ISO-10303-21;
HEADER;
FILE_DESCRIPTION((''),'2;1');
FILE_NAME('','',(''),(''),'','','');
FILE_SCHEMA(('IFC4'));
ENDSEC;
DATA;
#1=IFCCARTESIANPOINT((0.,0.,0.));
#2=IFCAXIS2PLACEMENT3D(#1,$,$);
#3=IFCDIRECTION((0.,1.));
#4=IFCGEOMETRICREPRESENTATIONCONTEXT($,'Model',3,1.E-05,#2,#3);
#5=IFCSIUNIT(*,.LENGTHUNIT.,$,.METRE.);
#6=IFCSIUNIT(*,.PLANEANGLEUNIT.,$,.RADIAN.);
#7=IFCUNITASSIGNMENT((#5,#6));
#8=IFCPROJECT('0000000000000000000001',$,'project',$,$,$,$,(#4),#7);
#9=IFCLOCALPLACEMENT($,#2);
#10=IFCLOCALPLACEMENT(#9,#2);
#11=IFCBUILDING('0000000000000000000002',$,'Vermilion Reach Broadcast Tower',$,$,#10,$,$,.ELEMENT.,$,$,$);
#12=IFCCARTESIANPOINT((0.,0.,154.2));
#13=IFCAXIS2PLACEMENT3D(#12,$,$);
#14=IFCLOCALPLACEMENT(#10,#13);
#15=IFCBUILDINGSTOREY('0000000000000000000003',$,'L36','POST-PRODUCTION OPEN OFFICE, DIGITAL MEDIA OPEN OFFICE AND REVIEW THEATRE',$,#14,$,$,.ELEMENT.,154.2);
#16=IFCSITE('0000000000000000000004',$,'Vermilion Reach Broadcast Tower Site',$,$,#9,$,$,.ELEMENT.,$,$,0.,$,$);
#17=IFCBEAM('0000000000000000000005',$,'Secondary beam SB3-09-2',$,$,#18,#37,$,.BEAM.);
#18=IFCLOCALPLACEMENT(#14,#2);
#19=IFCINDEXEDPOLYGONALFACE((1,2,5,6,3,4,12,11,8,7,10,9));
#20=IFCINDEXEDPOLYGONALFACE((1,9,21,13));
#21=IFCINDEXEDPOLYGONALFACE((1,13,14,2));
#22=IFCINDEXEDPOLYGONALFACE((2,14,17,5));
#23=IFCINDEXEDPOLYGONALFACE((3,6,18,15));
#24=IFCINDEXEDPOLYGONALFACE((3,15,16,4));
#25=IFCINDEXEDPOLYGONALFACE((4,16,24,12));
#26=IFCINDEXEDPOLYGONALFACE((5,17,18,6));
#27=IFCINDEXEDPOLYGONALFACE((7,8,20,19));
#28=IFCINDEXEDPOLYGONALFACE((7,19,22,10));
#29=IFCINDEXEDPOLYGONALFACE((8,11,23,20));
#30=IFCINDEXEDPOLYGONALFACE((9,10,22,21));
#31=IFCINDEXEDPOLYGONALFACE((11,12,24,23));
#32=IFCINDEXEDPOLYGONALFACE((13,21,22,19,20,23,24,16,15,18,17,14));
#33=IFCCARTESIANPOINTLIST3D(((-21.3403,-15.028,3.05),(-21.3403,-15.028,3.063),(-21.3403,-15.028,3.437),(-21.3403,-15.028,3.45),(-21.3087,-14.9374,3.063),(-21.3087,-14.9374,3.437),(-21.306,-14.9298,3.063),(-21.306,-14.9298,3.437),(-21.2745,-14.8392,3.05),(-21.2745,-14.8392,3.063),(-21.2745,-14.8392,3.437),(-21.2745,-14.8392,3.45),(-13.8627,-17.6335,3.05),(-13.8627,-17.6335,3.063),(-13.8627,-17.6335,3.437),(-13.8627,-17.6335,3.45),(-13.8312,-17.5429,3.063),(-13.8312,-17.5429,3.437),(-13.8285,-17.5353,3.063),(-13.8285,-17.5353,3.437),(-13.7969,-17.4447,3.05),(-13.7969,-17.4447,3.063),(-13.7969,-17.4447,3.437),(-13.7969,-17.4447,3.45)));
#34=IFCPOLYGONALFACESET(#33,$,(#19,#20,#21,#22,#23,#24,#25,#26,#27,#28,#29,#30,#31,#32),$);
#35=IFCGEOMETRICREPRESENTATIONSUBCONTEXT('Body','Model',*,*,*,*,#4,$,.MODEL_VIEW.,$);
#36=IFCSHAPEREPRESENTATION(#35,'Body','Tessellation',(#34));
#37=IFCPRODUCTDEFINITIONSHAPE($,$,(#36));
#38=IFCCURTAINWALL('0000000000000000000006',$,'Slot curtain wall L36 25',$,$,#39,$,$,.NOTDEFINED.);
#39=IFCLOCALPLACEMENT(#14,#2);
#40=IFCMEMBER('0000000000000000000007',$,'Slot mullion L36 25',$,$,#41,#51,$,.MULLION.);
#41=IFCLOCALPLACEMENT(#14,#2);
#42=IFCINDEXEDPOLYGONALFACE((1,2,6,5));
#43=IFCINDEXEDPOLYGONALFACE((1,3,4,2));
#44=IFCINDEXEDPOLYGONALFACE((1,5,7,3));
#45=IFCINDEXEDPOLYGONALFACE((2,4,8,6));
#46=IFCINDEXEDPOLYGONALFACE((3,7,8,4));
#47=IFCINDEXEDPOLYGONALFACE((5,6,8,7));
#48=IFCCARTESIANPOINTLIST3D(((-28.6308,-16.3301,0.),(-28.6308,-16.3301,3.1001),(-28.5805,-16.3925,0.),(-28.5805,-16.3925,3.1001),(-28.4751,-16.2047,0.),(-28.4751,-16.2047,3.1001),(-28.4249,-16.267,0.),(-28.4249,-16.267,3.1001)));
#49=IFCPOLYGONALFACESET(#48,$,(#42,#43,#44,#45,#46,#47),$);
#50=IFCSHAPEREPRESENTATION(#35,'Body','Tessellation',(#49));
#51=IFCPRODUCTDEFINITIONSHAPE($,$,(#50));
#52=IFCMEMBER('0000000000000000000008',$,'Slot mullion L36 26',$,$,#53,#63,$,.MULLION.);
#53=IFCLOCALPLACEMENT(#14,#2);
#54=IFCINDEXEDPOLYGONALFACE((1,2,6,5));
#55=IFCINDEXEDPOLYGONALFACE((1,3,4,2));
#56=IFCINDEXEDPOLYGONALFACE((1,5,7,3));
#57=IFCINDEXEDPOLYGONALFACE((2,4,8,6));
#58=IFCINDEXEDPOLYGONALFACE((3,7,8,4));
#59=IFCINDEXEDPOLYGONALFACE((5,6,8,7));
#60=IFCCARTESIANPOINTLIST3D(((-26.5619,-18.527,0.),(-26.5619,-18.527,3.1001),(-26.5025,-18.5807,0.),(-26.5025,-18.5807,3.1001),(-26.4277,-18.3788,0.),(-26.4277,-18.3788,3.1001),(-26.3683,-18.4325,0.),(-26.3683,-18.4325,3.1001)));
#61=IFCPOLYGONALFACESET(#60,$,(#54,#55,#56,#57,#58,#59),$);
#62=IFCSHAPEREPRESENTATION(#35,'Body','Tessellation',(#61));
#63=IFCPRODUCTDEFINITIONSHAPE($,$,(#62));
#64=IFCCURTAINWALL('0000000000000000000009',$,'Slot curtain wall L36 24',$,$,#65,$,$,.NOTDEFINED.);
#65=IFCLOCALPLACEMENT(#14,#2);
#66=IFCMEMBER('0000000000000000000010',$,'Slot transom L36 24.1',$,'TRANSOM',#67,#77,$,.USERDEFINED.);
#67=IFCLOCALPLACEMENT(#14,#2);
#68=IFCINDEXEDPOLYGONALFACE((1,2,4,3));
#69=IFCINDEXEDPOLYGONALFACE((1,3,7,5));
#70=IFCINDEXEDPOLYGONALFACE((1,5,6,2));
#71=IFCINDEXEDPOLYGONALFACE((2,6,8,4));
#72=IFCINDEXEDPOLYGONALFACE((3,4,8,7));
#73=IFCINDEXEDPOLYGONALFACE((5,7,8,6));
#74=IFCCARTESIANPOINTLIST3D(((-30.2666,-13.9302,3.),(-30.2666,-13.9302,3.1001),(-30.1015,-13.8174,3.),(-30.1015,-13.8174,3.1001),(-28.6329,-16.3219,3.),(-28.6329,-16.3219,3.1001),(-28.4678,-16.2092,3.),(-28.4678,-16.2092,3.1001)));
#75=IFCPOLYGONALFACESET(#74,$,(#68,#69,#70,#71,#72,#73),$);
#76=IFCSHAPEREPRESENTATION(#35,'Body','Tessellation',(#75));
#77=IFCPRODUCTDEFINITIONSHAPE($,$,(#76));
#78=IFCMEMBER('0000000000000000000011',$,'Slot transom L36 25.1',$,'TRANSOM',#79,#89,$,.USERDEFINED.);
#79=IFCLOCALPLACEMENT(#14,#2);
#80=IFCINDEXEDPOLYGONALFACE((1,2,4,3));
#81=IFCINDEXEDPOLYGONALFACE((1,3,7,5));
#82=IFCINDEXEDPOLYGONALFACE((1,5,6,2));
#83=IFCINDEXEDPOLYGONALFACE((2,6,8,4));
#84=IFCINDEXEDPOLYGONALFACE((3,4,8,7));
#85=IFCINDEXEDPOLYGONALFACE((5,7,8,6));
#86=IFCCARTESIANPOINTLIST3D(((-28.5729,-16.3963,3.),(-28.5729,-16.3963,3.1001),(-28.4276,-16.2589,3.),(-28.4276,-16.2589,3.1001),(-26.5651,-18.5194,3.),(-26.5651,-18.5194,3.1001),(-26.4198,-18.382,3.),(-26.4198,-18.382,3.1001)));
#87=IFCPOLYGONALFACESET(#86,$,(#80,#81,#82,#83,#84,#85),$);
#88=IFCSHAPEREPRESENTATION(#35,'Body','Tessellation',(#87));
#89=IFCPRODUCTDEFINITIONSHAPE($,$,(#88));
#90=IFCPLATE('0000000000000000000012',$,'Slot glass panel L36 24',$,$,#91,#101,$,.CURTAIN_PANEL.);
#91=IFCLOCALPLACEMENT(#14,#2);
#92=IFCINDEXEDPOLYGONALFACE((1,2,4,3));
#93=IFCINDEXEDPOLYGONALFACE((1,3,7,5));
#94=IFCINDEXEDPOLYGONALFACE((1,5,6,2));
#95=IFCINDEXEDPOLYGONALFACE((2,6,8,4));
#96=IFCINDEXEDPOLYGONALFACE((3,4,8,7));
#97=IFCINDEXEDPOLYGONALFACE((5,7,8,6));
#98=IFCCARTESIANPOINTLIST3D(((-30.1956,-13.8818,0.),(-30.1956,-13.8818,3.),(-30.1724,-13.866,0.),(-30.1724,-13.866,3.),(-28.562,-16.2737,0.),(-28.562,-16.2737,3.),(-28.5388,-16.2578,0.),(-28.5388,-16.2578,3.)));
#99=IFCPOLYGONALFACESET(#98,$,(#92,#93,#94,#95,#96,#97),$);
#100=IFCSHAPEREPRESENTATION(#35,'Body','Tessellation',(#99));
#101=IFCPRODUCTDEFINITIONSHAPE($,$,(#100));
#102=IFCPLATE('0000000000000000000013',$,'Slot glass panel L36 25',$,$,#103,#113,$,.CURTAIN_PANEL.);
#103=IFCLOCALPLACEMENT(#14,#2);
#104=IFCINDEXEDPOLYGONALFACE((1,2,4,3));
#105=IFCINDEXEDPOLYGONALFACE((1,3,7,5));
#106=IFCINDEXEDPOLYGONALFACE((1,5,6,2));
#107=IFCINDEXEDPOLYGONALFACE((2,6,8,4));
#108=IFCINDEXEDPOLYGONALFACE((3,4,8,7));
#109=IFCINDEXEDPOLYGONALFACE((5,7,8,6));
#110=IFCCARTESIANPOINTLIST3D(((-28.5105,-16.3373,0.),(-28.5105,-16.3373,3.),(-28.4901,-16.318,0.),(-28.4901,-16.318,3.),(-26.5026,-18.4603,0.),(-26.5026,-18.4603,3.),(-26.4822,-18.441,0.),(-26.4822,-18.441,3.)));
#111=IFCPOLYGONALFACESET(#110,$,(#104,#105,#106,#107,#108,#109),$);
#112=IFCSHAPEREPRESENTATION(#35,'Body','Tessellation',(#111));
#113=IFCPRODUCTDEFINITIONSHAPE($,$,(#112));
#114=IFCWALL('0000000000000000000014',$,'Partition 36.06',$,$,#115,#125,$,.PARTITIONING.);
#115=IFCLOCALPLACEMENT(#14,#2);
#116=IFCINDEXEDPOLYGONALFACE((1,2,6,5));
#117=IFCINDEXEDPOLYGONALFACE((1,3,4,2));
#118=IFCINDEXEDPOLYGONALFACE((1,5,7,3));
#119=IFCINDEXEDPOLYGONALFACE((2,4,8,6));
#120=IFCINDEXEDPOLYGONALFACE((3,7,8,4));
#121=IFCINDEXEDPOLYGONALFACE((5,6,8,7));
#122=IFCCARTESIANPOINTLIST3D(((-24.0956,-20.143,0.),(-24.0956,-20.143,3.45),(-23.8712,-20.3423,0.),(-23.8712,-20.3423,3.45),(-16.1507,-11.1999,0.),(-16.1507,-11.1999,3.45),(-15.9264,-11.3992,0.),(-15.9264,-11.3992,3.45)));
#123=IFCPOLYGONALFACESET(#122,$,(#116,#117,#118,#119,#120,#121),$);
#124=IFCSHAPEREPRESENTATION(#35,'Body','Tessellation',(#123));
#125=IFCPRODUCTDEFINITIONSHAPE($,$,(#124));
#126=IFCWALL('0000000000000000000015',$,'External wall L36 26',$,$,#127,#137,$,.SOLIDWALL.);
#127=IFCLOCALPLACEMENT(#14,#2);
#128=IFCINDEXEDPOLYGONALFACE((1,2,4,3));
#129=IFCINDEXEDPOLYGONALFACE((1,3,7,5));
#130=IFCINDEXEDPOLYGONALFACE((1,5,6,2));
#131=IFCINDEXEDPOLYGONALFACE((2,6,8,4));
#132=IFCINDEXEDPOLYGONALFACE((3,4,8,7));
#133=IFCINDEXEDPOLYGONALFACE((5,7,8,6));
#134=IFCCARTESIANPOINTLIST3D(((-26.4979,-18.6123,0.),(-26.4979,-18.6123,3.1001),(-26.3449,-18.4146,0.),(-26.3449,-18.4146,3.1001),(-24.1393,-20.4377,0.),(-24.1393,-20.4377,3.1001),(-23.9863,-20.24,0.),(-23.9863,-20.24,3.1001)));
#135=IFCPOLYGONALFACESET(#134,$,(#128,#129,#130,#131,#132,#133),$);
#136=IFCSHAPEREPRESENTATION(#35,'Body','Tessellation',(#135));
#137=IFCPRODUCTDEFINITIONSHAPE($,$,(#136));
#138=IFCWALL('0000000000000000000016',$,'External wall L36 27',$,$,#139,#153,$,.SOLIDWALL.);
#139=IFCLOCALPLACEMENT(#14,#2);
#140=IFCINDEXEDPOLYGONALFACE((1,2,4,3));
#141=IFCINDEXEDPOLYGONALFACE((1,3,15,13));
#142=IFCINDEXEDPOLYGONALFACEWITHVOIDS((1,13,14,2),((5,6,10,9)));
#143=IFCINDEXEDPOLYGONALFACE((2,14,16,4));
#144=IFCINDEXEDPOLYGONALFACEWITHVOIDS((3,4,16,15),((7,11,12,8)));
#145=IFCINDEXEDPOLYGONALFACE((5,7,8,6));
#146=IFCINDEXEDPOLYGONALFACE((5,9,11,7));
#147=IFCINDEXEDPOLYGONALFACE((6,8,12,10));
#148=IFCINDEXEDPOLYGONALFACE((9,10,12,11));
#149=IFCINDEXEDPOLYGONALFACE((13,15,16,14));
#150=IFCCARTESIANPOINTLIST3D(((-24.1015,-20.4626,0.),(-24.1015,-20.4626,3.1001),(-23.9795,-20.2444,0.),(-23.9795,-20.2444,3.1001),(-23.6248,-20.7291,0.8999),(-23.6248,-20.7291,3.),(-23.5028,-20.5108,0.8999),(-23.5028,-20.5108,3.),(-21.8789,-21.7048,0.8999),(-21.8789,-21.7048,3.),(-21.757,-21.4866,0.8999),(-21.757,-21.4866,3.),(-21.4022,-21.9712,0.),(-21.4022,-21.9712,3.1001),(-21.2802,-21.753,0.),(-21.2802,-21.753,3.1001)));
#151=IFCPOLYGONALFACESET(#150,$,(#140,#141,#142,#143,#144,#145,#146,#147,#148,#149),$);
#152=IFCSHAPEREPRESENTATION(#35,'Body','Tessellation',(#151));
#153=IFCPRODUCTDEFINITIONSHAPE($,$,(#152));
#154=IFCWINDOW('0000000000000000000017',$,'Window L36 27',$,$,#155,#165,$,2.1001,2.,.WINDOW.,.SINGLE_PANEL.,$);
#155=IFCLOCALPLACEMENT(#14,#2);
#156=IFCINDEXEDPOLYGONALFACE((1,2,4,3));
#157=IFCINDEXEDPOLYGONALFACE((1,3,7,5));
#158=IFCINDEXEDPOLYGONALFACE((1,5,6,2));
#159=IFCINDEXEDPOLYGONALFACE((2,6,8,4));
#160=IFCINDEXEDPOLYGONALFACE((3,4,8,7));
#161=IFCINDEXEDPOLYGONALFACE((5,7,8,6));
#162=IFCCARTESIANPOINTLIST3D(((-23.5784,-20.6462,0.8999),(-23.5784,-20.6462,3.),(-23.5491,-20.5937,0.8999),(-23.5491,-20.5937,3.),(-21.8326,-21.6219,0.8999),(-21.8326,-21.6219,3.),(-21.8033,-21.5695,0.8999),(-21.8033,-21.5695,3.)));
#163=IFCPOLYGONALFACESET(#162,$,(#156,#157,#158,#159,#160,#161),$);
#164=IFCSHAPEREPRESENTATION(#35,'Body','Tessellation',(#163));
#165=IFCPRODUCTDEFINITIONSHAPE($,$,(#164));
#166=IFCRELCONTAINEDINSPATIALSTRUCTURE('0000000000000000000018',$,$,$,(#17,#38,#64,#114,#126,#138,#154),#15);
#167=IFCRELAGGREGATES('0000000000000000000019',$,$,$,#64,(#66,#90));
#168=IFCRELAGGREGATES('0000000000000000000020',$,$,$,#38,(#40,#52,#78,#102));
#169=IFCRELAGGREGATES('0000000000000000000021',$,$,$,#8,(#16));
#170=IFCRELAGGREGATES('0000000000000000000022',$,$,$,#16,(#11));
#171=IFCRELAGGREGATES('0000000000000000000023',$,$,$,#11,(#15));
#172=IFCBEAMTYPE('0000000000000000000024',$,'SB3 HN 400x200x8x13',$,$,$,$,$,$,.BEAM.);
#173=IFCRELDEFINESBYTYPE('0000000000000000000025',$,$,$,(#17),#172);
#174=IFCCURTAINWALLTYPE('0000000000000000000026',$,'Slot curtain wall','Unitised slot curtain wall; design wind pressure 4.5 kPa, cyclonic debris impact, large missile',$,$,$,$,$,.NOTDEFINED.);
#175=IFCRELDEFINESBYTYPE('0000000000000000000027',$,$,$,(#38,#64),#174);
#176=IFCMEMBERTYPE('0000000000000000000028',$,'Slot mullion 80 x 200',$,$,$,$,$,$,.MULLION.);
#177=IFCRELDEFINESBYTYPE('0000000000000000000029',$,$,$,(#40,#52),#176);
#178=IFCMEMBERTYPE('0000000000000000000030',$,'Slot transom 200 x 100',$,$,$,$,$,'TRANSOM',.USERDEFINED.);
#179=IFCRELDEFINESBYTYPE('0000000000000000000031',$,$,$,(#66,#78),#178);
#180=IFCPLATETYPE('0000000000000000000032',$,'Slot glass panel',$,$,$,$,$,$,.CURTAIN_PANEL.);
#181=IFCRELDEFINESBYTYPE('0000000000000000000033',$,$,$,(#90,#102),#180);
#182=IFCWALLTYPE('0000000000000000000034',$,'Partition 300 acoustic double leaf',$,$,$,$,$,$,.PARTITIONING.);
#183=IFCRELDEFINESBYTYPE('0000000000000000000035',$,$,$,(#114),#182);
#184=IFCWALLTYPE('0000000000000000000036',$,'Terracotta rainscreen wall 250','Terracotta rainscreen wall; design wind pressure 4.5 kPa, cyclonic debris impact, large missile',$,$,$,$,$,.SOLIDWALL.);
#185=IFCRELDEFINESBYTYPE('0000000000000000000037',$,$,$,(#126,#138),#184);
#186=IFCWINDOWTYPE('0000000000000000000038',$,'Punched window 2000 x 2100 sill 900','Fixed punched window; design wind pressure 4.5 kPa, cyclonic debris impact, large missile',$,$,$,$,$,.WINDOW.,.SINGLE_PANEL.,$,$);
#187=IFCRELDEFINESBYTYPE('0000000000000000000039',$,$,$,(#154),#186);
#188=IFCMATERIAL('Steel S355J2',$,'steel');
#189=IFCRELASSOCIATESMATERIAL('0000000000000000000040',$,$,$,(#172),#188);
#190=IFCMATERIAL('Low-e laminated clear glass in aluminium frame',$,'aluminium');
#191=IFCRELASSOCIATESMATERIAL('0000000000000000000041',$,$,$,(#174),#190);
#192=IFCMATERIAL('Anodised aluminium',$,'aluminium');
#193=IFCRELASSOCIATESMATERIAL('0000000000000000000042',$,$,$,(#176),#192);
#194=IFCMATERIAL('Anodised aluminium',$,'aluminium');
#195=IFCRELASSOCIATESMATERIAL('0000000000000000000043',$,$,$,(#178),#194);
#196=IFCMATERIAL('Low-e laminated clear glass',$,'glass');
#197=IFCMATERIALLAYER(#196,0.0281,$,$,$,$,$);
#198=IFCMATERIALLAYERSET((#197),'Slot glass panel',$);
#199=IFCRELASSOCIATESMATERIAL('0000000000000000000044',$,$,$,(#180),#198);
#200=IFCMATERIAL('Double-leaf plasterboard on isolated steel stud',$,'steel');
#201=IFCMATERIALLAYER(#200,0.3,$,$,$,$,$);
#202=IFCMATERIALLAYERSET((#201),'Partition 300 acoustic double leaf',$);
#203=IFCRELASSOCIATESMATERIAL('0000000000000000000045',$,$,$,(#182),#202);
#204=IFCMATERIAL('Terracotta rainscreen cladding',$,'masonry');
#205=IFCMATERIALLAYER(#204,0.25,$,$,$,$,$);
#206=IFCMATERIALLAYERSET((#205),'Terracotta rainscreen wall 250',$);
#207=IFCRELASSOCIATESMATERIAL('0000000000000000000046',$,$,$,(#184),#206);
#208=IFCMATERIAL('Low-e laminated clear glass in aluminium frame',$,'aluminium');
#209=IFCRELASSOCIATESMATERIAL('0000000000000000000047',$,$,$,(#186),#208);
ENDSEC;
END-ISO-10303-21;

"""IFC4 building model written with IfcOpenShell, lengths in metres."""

from ifc_helpers import new_model, si_unit, direction, frame, frame_2d, origin, origin_2d, place, context, subcontext, project, spatial, rectangle, i_section, extrude, material, layer, layer_set, material_profile, profile_set, type_object, element, fill, aggregate, save


model = new_model("IFC4")

# Units and contexts
model_context = context("Model", 3, precision=1e-05, world=origin(), true_north=direction((0.0, 1.0)))
body_context = subcontext(model_context, "Body", "Model", "MODEL_VIEW")
ifc_project = project(units=[si_unit("LENGTHUNIT", "METRE"), si_unit("PLANEANGLEUNIT", "RADIAN")], contexts=[model_context])

# Site, building, storey
site_placement = place(None, origin())
site = spatial("IfcSite", under=ifc_project, at=site_placement, Name="Vermilion Reach Broadcast Tower Site", CompositionType="ELEMENT", RefElevation=0.0)
building_placement = place(site_placement, origin())
building = spatial("IfcBuilding", under=site, at=building_placement, Name="Vermilion Reach Broadcast Tower", CompositionType="ELEMENT")
storey_placement = place(building_placement, frame((0.0, 0.0, 154.2)))
storey = spatial("IfcBuildingStorey", under=building, at=storey_placement, Name="L36", Description="POST-PRODUCTION OPEN OFFICE, DIGITAL MEDIA OPEN OFFICE AND REVIEW THEATRE", CompositionType="ELEMENT", Elevation=154.2)

# Beam
ifc_material_1 = material(Name="Steel S355J2", Category="steel")
ifc_material_profile_1 = material_profile(ifc_material_1, i_section(OverallWidth=0.2, OverallDepth=0.3999, WebThickness=0.0081, FlangeThickness=0.0129, at=origin_2d()), Name="S355J2 HN 400x200x8x13")
ifc_profile_set_1 = profile_set([ifc_material_profile_1], Name="Steel S355J2")
beam_type_1 = type_object("IfcBeamType", Name="SB3 HN 400x200x8x13", PredefinedType="BEAM", material=ifc_profile_set_1)
beam_1_placement = place(storey_placement, frame((-21.3074, -14.9336, 3.25), z_axis=(0.944317, -0.329037, 0.0), x_axis=(0.329037, 0.944317, 0.0)))
element("IfcBeam", 1, at=beam_1_placement, inside=storey, type_object=beam_type_1, Name="Secondary beam SB3-09-2", PredefinedType="BEAM", context=body_context, shape_type="SweptSolid", body=[
    extrude(i_section(OverallWidth=0.2, OverallDepth=0.3999, WebThickness=0.0081, FlangeThickness=0.0129, at=origin_2d()), origin(), (0.0, 0.0, 1.0), 7.9185),
])

# Curtain wall, members
ifc_material_2 = material(Name="Low-e laminated clear glass in aluminium frame", Category="aluminium")
curtain_wall_type = type_object("IfcCurtainWallType", Name="Slot curtain wall", Description="Unitised slot curtain wall; design wind pressure 4.5 kPa, cyclonic debris impact, large missile", PredefinedType="NOTDEFINED", material=ifc_material_2)
placement = place(storey_placement, origin())
curtain_wall_1 = element("IfcCurtainWall", 2, at=placement, inside=storey, type_object=curtain_wall_type, Name="Slot curtain wall L36 25", PredefinedType="NOTDEFINED")
ifc_material_3 = material(Name="Anodised aluminium", Category="aluminium")
ifc_material_profile_2 = material_profile(ifc_material_3, rectangle(XDim=0.2, YDim=0.0801, at=origin_2d()), Name="Slot mullion 80 x 200")
ifc_profile_set_2 = profile_set([ifc_material_profile_2], Name="Anodised aluminium")
member_type_1 = type_object("IfcMemberType", Name="Slot mullion 80 x 200", PredefinedType="MULLION", material=ifc_profile_set_2)
member_1_placement = place(storey_placement, frame((-28.5278, -16.2986, 0.0), z_axis=(0.0, 0.0, 1.0), x_axis=(0.778584, 0.62754, 0.0)))
member_1 = element("IfcMember", 3, at=member_1_placement, type_object=member_type_1, Name="Slot mullion L36 25", PredefinedType="MULLION", context=body_context, shape_type="SweptSolid", body=[
    extrude(rectangle(XDim=0.2, YDim=0.0801, at=origin_2d()), origin(), (0.0, 0.0, 1.0), 3.1001),
])
member_2_placement = place(storey_placement, frame((-26.4651, -18.4797, 0.0), z_axis=(0.0, 0.0, 1.0), x_axis=(0.671288, 0.741196, 0.0)))
member_2 = element("IfcMember", 4, at=member_2_placement, type_object=member_type_1, Name="Slot mullion L36 26", PredefinedType="MULLION", context=body_context, shape_type="SweptSolid", body=[
    extrude(rectangle(XDim=0.2, YDim=0.0801, at=origin_2d()), origin(), (0.0, 0.0, 1.0), 3.1001),
])

# Curtain wall, member
curtain_wall_2 = element("IfcCurtainWall", 5, at=placement, inside=storey, type_object=curtain_wall_type, Name="Slot curtain wall L36 24", PredefinedType="NOTDEFINED")
ifc_material_4 = material(Name="Anodised aluminium", Category="aluminium")
ifc_material_profile_3 = material_profile(ifc_material_4, rectangle(XDim=0.2, YDim=0.1001, at=origin_2d()), Name="Slot transom 200 x 100")
ifc_profile_set_3 = profile_set([ifc_material_profile_3], Name="Anodised aluminium")
member_type_2 = type_object("IfcMemberType", Name="Slot transom 200 x 100", ElementType="TRANSOM", PredefinedType="USERDEFINED", material=ifc_profile_set_3)
member_3_placement = place(storey_placement, frame((-30.1841, -13.8738, 3.05), z_axis=(0.56404, -0.825747, 0.0), x_axis=(0.825747, 0.56404, 0.0)))
member_3 = element("IfcMember", 6, at=member_3_placement, type_object=member_type_2, Name="Slot transom L36 24.1", ObjectType="TRANSOM", PredefinedType="USERDEFINED", context=body_context, shape_type="SweptSolid", body=[
    extrude(rectangle(XDim=0.2, YDim=0.1001, at=origin_2d()), origin(), (0.0, 0.0, 1.0), 2.8965),
])

# Member
member_4_placement = place(storey_placement, frame((-28.5002, -16.3276, 3.05), z_axis=(0.687114, -0.72655, 0.0), x_axis=(0.72655, 0.687114, 0.0)))
member_4 = element("IfcMember", 7, at=member_4_placement, type_object=member_type_2, Name="Slot transom L36 25.1", ObjectType="TRANSOM", PredefinedType="USERDEFINED", context=body_context, shape_type="SweptSolid", body=[
    extrude(rectangle(XDim=0.2, YDim=0.1001, at=origin_2d()), origin(), (0.0, 0.0, 1.0), 2.9221),
])

# Plates
ifc_material_5 = material(Name="Low-e laminated clear glass", Category="glass")
ifc_layer_1 = layer(ifc_material_5, 0.0281)
ifc_layer_set_1 = layer_set([ifc_layer_1], Name="Slot glass panel")
plate_type = type_object("IfcPlateType", Name="Slot glass panel", PredefinedType="CURTAIN_PANEL", material=ifc_layer_set_1)
plate_1_placement = place(storey_placement, frame((-29.3672, -15.0698, 0.0), z_axis=(0.0, 0.0, 1.0), x_axis=(0.564005, -0.825771, 0.0)))
plate_1 = element("IfcPlate", 8, at=plate_1_placement, type_object=plate_type, Name="Slot glass panel L36 24", PredefinedType="CURTAIN_PANEL", context=body_context, shape_type="SweptSolid", body=[
    extrude(rectangle(XDim=2.8965, YDim=0.0281, at=origin_2d()), origin(), (0.0, 0.0, 1.0), 3.0),
])
aggregate(curtain_wall_2, [member_3, plate_1])
plate_2_placement = place(storey_placement, frame((-27.4963, -17.3892, 0.0), z_axis=(0.0, 0.0, 1.0), x_axis=(0.687145, -0.72652, 0.0)))
plate_2 = element("IfcPlate", 9, at=plate_2_placement, type_object=plate_type, Name="Slot glass panel L36 25", PredefinedType="CURTAIN_PANEL", context=body_context, shape_type="SweptSolid", body=[
    extrude(rectangle(XDim=2.9221, YDim=0.0281, at=origin_2d()), origin(), (0.0, 0.0, 1.0), 3.0),
])
aggregate(curtain_wall_1, [member_1, member_2, member_4, plate_2])

# Walls
ifc_material_6 = material(Name="Double-leaf plasterboard on isolated steel stud", Category="steel")
ifc_layer_2 = layer(ifc_material_6, 0.3)
ifc_layer_set_2 = layer_set([ifc_layer_2], Name="Partition 300 acoustic double leaf")
wall_type_1 = type_object("IfcWallType", Name="Partition 300 acoustic double leaf", PredefinedType="PARTITIONING", material=ifc_layer_set_2)
wall_1_placement = place(storey_placement, frame((-23.9834, -20.2427, 0.0), z_axis=(0.0, 0.0, 1.0), x_axis=(0.664148, 0.747601, 0.0)))
element("IfcWall", 10, at=wall_1_placement, inside=storey, type_object=wall_type_1, Name="Partition 36.06", PredefinedType="PARTITIONING", context=body_context, shape_type="SweptSolid", body=[
    extrude(rectangle(XDim=11.9624, YDim=0.3, at=frame_2d((5.9812, 0.0))), origin(), (0.0, 0.0, 1.0), 3.45),
])
ifc_material_7 = material(Name="Terracotta rainscreen cladding", Category="masonry")
ifc_layer_3 = layer(ifc_material_7, 0.25)
ifc_layer_set_3 = layer_set([ifc_layer_3], Name="Terracotta rainscreen wall 250")
wall_type_2 = type_object("IfcWallType", Name="Terracotta rainscreen wall 250", Description="Terracotta rainscreen wall; design wind pressure 4.5 kPa, cyclonic debris impact, large missile", PredefinedType="SOLIDWALL", material=ifc_layer_set_3)
wall_2_placement = place(storey_placement, frame((-26.4214, -18.5134, 0.0), z_axis=(0.0, 0.0, 1.0), x_axis=(0.790822, -0.612046, 0.0)))
element("IfcWall", 11, at=wall_2_placement, inside=storey, type_object=wall_type_2, Name="External wall L36 26", PredefinedType="SOLIDWALL", context=body_context, shape_type="SweptSolid", body=[
    extrude(rectangle(XDim=2.9824, YDim=0.25, at=frame_2d((1.4912, 0.0))), origin(), (0.0, 0.0, 1.0), 3.1001),
])

# Wall, opening, window
wall_3_placement = place(storey_placement, frame((-24.0405, -20.3535, 0.0), z_axis=(0.0, 0.0, 1.0), x_axis=(0.872922, -0.48786, 0.0)))
wall_3 = element("IfcWall", 12, at=wall_3_placement, inside=storey, type_object=wall_type_2, Name="External wall L36 27", PredefinedType="SOLIDWALL", context=body_context, shape_type="SweptSolid", body=[
    extrude(rectangle(XDim=3.0923, YDim=0.25, at=frame_2d((1.5461, 0.0))), origin(), (0.0, 0.0, 1.0), 3.1001),
])
opening_1_placement = place(wall_3_placement, frame((0.5461, 0.0, 0.8999)))
opening_1 = element("IfcOpeningElement", 13, at=opening_1_placement, cuts=wall_3, PredefinedType="OPENING", context=body_context, shape_type="SweptSolid", body=[
    extrude(rectangle(XDim=2.0, YDim=2.1001, at=frame_2d((1.0, 1.05))), frame((0.0, 0.135, 0.0), z_axis=(0.0, -1.0, 0.0), x_axis=(1.0, 0.0, 0.0)), (0.0, 0.0, 1.0), 0.27),
])
ifc_material_8 = material(Name="Low-e laminated clear glass in aluminium frame", Category="aluminium")
window_type = type_object("IfcWindowType", Name="Punched window 2000 x 2100 sill 900", Description="Fixed punched window; design wind pressure 4.5 kPa, cyclonic debris impact, large missile", PartitioningType="SINGLE_PANEL", PredefinedType="WINDOW", material=ifc_material_8)
window_placement = place(opening_1_placement, origin())
window = element("IfcWindow", 14, at=window_placement, inside=storey, type_object=window_type, Name="Window L36 27", OverallHeight=2.1001, OverallWidth=2.0, PartitioningType="SINGLE_PANEL", PredefinedType="WINDOW", context=body_context, shape_type="SweptSolid", body=[
    extrude(rectangle(XDim=2.0, YDim=2.1001, at=frame_2d((1.0, 1.05))), frame((0.0, 0.03, 0.0), z_axis=(0.0, -1.0, 0.0), x_axis=(1.0, 0.0, 0.0)), (0.0, 0.0, 1.0), 0.0601),
])
fill(opening_1, window)

save(model, "model.ifc")
